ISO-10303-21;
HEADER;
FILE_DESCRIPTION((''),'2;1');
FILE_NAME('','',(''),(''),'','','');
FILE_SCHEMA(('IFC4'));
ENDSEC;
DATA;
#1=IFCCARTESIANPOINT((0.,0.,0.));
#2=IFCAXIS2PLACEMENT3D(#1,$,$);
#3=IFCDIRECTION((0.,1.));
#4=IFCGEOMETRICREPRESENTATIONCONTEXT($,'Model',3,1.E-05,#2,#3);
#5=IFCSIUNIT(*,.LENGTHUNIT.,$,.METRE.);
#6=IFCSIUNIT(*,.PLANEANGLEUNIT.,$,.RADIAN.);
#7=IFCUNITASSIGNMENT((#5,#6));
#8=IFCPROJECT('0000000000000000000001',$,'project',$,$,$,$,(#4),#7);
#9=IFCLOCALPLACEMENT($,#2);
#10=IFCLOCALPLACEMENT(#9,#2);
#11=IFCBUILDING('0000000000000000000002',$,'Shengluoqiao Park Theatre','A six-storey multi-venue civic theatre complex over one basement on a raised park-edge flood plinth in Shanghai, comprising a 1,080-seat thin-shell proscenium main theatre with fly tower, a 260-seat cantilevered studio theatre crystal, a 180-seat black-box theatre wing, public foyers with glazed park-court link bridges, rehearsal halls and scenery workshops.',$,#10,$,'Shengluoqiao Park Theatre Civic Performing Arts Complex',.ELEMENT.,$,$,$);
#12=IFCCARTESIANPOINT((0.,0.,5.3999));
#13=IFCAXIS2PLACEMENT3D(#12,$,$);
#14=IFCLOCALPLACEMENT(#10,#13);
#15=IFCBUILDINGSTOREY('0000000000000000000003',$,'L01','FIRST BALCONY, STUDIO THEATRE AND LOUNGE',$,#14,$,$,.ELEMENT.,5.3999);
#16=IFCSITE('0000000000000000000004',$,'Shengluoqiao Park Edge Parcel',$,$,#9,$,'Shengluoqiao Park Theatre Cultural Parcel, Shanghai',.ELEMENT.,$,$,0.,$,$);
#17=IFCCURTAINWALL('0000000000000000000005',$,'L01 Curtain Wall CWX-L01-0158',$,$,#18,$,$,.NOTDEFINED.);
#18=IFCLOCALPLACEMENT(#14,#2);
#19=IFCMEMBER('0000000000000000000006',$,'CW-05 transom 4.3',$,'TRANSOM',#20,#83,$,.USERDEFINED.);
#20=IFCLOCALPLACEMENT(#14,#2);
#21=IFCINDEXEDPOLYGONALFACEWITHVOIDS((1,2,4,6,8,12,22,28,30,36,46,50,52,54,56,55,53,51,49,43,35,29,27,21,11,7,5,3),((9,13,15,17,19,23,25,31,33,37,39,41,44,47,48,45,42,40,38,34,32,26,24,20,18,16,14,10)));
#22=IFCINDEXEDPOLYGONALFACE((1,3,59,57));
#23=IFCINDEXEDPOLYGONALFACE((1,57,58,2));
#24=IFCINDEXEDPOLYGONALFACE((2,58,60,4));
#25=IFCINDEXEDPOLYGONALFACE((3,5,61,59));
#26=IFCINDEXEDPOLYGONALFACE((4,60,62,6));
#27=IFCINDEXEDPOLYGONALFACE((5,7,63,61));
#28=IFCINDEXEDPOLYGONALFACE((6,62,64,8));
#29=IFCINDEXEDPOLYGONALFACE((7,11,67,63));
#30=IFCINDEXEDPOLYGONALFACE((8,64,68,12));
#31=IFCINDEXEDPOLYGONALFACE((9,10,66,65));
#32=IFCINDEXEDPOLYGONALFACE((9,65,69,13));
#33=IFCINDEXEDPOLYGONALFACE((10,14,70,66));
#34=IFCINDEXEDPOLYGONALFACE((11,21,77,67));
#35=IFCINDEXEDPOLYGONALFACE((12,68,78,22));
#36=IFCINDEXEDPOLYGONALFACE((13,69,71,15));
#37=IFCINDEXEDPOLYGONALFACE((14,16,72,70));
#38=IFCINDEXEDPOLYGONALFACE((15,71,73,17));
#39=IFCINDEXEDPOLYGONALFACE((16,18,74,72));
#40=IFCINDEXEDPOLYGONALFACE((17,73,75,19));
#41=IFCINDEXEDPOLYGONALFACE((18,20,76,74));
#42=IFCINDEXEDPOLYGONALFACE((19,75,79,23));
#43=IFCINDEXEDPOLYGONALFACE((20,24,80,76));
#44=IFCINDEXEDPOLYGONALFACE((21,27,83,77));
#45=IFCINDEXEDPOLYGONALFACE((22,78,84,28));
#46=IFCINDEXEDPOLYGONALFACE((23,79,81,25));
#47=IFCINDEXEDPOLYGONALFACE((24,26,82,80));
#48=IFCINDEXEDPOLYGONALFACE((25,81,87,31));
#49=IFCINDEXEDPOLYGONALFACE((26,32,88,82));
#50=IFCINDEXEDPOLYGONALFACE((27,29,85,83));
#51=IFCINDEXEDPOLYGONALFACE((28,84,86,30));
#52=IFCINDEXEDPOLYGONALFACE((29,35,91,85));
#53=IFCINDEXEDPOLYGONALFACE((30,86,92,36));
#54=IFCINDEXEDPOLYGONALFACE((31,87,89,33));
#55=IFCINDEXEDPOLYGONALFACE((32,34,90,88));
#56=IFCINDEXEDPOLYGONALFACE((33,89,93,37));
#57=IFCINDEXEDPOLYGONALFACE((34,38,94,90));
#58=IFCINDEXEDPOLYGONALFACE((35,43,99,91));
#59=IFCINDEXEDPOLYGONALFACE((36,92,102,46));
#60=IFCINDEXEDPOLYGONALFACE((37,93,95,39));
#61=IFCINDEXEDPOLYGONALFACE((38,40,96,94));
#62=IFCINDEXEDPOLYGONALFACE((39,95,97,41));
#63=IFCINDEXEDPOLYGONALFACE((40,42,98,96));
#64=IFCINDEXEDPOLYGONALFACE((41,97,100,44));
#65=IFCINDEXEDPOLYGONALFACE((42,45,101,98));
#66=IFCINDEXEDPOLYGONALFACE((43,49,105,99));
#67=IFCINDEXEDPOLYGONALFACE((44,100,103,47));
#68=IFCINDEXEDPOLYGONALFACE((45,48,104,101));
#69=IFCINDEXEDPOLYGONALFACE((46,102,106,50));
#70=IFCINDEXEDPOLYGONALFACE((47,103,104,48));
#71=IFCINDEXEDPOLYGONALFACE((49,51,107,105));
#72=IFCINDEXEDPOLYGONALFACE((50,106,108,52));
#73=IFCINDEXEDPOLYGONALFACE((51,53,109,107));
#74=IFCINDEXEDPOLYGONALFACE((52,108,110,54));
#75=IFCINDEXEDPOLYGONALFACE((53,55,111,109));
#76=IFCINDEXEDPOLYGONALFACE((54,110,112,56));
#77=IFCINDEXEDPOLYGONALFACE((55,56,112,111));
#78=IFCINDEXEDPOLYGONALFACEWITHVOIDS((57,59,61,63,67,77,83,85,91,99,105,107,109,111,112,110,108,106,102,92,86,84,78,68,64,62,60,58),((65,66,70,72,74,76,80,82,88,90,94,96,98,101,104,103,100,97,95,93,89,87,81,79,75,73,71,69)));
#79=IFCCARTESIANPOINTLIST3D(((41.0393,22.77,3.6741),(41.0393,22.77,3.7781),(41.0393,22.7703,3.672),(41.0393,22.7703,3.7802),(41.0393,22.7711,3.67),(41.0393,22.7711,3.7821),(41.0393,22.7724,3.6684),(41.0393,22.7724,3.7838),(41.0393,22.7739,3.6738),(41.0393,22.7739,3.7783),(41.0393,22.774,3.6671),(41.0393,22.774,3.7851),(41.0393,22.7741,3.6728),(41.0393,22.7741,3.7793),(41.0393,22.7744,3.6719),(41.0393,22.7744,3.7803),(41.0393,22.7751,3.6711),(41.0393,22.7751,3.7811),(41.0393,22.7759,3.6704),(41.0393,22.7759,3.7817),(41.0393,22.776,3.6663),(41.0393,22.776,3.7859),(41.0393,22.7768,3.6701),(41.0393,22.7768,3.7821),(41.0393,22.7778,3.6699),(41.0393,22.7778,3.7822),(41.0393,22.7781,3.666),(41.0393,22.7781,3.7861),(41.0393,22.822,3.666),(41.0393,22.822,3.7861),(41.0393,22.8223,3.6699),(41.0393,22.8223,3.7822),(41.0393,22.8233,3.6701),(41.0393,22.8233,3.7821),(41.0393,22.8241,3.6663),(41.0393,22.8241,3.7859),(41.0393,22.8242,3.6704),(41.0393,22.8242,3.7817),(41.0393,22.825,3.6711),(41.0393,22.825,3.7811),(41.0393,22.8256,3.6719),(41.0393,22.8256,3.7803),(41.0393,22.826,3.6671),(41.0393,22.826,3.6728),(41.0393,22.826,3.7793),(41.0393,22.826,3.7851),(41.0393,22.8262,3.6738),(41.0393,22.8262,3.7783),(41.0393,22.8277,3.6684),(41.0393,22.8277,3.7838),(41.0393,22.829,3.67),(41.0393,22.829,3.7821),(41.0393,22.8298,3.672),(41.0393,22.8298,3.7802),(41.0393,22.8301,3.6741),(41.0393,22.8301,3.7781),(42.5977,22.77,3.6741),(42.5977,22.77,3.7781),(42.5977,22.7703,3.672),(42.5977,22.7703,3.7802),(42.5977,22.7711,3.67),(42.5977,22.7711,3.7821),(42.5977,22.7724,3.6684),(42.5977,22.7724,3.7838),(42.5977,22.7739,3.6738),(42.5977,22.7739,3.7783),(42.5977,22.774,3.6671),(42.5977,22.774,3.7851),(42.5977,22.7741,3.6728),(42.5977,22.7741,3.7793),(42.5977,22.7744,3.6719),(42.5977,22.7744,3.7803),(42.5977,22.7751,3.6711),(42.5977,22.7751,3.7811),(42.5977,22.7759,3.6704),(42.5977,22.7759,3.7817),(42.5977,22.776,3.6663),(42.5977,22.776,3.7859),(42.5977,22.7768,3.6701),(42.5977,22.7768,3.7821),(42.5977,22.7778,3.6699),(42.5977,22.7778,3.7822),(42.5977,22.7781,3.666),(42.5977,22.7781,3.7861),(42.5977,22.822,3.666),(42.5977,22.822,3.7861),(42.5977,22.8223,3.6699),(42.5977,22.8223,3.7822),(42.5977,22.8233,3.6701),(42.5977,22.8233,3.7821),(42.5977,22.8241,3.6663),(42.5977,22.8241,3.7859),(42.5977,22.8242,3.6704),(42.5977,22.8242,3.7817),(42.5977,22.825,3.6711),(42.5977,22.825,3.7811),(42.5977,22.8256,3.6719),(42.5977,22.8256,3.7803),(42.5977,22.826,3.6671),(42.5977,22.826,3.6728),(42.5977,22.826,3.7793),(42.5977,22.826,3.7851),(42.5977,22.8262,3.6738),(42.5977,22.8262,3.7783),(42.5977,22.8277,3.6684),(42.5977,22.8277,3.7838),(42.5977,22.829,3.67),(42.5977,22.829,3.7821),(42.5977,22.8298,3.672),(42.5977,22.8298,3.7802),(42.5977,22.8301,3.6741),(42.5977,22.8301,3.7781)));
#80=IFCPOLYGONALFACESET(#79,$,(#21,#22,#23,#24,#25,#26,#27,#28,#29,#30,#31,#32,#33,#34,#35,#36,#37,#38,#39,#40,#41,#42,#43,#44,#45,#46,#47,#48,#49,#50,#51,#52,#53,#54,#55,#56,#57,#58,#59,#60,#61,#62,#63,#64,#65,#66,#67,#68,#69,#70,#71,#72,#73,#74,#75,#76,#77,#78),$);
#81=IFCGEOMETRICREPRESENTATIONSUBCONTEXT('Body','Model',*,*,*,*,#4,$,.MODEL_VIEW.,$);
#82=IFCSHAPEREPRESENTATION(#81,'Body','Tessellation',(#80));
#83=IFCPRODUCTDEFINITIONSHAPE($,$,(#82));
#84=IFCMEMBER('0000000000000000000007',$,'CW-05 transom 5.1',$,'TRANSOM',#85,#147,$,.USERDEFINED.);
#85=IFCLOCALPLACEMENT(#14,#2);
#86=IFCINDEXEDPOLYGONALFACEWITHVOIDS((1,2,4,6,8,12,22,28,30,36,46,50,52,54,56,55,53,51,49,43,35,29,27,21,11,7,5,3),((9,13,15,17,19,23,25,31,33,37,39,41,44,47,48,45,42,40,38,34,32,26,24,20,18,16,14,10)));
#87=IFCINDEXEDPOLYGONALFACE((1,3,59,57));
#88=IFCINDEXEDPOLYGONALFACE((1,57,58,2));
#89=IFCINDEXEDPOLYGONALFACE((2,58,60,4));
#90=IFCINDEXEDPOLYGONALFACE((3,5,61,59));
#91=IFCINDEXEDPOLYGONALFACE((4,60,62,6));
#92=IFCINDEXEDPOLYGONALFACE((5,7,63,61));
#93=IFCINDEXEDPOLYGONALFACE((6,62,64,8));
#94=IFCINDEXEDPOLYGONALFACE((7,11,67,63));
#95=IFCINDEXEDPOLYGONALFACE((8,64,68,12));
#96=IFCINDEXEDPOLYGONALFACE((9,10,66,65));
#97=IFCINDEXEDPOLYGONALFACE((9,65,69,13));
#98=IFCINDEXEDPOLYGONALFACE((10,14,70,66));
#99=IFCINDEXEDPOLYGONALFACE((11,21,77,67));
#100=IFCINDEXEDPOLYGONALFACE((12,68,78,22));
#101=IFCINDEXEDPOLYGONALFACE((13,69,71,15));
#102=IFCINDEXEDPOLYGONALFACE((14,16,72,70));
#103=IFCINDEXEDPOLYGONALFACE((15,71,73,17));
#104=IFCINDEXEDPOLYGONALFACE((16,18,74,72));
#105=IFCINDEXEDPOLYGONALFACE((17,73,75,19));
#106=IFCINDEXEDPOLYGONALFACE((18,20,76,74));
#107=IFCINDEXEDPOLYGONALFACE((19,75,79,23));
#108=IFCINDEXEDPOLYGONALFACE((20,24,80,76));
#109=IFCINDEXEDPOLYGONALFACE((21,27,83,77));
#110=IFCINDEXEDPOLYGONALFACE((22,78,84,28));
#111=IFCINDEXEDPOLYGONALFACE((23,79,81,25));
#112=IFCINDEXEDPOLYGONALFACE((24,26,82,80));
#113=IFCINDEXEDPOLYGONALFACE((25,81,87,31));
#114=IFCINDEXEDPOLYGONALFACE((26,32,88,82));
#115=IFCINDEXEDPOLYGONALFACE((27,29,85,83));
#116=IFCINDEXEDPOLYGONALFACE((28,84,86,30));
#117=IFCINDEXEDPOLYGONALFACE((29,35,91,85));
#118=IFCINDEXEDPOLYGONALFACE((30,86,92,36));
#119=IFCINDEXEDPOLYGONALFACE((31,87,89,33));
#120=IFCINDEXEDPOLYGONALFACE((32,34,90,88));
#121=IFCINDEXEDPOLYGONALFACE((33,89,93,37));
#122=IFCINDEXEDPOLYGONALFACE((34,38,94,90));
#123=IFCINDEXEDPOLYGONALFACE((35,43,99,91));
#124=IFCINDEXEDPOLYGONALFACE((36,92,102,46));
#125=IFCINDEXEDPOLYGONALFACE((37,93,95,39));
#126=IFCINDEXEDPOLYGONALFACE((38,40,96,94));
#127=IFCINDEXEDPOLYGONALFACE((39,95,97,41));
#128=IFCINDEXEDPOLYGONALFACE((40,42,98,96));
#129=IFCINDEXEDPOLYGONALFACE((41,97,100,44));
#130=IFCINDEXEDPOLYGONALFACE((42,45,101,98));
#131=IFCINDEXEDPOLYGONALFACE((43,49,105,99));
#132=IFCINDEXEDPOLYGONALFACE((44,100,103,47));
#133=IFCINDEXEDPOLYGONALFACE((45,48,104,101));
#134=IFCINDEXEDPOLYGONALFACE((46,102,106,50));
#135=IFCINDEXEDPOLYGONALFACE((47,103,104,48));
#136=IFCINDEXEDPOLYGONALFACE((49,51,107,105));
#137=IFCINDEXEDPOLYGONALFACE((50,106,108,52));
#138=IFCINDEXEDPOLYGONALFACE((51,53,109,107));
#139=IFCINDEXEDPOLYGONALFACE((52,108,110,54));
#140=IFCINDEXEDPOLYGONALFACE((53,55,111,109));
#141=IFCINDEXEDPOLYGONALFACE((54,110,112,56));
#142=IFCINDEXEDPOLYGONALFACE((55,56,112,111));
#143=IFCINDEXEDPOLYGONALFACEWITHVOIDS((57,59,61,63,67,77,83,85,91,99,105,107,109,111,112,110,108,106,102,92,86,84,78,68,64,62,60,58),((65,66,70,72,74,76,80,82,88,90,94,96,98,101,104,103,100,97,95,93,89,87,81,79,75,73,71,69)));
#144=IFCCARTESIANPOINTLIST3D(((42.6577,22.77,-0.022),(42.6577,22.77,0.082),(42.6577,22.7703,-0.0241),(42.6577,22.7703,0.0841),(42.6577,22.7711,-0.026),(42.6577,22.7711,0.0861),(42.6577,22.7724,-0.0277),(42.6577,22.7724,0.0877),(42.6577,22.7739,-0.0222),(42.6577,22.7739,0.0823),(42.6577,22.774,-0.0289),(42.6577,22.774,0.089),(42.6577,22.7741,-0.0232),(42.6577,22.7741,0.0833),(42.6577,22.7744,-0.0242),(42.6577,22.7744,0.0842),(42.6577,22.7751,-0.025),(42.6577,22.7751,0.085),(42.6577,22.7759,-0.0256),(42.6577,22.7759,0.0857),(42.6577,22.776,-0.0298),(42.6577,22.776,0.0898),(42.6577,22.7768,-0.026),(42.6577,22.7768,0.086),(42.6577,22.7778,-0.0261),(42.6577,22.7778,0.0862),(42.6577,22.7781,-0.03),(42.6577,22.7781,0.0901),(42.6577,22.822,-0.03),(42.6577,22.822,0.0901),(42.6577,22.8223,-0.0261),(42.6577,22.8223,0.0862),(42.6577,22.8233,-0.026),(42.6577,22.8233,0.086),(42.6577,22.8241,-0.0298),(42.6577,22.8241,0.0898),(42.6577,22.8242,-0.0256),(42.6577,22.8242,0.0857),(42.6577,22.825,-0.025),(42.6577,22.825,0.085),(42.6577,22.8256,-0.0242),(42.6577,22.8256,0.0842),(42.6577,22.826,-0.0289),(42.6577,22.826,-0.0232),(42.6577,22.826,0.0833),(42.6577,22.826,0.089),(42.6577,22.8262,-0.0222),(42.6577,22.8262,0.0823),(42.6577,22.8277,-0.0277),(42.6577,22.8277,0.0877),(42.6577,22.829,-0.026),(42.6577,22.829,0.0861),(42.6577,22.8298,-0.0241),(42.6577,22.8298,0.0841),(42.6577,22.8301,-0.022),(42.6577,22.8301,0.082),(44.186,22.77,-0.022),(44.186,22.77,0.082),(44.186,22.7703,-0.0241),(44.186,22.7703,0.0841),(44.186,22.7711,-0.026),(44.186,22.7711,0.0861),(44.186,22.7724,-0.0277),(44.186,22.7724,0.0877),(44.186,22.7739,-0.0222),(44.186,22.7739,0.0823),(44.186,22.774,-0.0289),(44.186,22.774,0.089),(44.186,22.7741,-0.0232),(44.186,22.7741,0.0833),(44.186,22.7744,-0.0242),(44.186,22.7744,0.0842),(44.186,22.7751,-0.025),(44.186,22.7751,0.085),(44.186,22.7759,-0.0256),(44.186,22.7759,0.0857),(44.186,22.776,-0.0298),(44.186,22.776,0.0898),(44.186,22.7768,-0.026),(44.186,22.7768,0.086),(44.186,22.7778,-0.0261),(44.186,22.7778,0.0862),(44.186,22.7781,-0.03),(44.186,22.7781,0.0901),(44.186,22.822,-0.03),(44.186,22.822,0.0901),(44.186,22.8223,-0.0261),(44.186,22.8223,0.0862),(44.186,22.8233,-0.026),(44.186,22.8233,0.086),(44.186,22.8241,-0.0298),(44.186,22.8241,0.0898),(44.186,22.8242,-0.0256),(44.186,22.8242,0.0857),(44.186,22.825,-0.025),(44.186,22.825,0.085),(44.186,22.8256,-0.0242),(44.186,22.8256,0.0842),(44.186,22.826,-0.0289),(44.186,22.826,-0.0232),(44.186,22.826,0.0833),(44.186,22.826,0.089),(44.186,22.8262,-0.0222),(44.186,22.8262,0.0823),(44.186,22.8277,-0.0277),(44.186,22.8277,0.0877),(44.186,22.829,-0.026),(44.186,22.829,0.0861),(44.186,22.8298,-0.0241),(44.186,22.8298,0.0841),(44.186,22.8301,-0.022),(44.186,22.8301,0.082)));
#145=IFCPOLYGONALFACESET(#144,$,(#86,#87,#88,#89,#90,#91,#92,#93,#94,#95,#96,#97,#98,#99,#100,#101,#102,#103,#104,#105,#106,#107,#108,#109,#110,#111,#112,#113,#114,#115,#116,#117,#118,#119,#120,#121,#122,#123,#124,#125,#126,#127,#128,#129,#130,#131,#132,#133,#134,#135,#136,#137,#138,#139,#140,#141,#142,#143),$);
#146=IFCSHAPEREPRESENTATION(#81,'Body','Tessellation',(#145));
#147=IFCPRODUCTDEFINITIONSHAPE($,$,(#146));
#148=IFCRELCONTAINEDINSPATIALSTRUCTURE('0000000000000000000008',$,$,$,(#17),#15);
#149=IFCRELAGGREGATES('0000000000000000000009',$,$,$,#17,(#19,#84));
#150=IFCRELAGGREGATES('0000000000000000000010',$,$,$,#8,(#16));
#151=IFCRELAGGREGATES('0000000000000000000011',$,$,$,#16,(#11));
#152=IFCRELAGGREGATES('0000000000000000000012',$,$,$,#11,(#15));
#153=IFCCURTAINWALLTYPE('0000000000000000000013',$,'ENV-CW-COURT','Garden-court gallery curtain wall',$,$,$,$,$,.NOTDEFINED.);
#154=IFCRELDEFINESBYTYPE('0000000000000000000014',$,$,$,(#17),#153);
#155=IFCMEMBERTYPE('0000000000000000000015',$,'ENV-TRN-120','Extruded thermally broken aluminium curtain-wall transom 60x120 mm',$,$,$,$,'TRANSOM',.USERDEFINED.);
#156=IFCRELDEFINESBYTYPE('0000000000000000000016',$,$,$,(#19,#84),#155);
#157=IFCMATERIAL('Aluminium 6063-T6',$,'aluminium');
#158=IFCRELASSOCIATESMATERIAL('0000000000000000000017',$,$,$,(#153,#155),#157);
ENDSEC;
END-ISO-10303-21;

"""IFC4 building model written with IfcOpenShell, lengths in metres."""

from ifc_helpers import new_model, si_unit, direction, frame, origin, origin_2d, place, context, subcontext, project, spatial, hollow_rectangle, extrude, material, material_profile, profile_set, type_object, element, aggregate, save


model = new_model("IFC4")

# Units and contexts
model_context = context("Model", 3, precision=1e-05, world=origin(), true_north=direction((0.0, 1.0)))
body_context = subcontext(model_context, "Body", "Model", "MODEL_VIEW")
ifc_project = project(units=[si_unit("LENGTHUNIT", "METRE"), si_unit("PLANEANGLEUNIT", "RADIAN")], contexts=[model_context])

# Site, building, storey
site_placement = place(None, origin())
site = spatial("IfcSite", under=ifc_project, at=site_placement, Name="Shengluoqiao Park Edge Parcel", LongName="Shengluoqiao Park Theatre Cultural Parcel, Shanghai", CompositionType="ELEMENT", RefElevation=0.0)
building_placement = place(site_placement, origin())
building = spatial("IfcBuilding", under=site, at=building_placement, Name="Shengluoqiao Park Theatre", Description="A six-storey multi-venue civic theatre complex over one basement on a raised park-edge flood plinth in Shanghai, comprising a 1,080-seat thin-shell proscenium main theatre with fly tower, a 260-seat cantilevered studio theatre crystal, a 180-seat black-box theatre wing, public foyers with glazed park-court link bridges, rehearsal halls and scenery workshops.", LongName="Shengluoqiao Park Theatre Civic Performing Arts Complex", CompositionType="ELEMENT")
storey_placement = place(building_placement, frame((0.0, 0.0, 5.3999)))
storey = spatial("IfcBuildingStorey", under=building, at=storey_placement, Name="L01", Description="FIRST BALCONY, STUDIO THEATRE AND LOUNGE", CompositionType="ELEMENT", Elevation=5.3999)

# Curtain wall
ifc_material_1 = material(Name="Aluminium 6063-T6", Category="aluminium")
curtain_wall_type = type_object("IfcCurtainWallType", Name="ENV-CW-COURT", Description="Garden-court gallery curtain wall", PredefinedType="NOTDEFINED", material=ifc_material_1)
curtain_wall_1_placement = place(storey_placement, origin())
curtain_wall_1 = element("IfcCurtainWall", 1, at=curtain_wall_1_placement, inside=storey, type_object=curtain_wall_type, Name="L01 Curtain Wall CWX-L01-0158", PredefinedType="NOTDEFINED")

# Members
ifc_material_profile_1 = material_profile(ifc_material_1, hollow_rectangle(XDim=0.0601, YDim=0.1201, WallThickness=0.0039, InnerFilletRadius=0.0039, OuterFilletRadius=0.0081, at=origin_2d()), Name="ALU TRANSOM 120x60x4")
ifc_profile_set_1 = profile_set([ifc_material_profile_1], Name="Aluminium 6063-T6")
member_type_1 = type_object("IfcMemberType", Name="ENV-TRN-120", Description="Extruded thermally broken aluminium curtain-wall transom 60x120 mm", ElementType="TRANSOM", PredefinedType="USERDEFINED", material=ifc_profile_set_1)
member_1_placement = place(storey_placement, frame((41.0393, 22.8, 3.7261), z_axis=(1.0, 0.0, 0.0), x_axis=(0.0, 1.0, 0.0)))
member_1 = element("IfcMember", 2, at=member_1_placement, type_object=member_type_1, Name="CW-05 transom 4.3", ObjectType="TRANSOM", PredefinedType="USERDEFINED", context=body_context, shape_type="SweptSolid", body=[
    extrude(hollow_rectangle(XDim=0.0601, YDim=0.1201, WallThickness=0.0039, InnerFilletRadius=0.0039, OuterFilletRadius=0.0081, at=origin_2d()), origin(), (0.0, 0.0, 1.0), 1.5583),
])
member_2_placement = place(storey_placement, frame((42.6577, 22.8, 0.03), z_axis=(1.0, 0.0, 0.0), x_axis=(0.0, 1.0, 0.0)))
member_2 = element("IfcMember", 3, at=member_2_placement, type_object=member_type_1, Name="CW-05 transom 5.1", ObjectType="TRANSOM", PredefinedType="USERDEFINED", context=body_context, shape_type="SweptSolid", body=[
    extrude(hollow_rectangle(XDim=0.0601, YDim=0.1201, WallThickness=0.0039, InnerFilletRadius=0.0039, OuterFilletRadius=0.0081, at=origin_2d()), origin(), (0.0, 0.0, 1.0), 1.5283),
])

aggregate(curtain_wall_1, [member_1, member_2])

save(model, "model.ifc")
